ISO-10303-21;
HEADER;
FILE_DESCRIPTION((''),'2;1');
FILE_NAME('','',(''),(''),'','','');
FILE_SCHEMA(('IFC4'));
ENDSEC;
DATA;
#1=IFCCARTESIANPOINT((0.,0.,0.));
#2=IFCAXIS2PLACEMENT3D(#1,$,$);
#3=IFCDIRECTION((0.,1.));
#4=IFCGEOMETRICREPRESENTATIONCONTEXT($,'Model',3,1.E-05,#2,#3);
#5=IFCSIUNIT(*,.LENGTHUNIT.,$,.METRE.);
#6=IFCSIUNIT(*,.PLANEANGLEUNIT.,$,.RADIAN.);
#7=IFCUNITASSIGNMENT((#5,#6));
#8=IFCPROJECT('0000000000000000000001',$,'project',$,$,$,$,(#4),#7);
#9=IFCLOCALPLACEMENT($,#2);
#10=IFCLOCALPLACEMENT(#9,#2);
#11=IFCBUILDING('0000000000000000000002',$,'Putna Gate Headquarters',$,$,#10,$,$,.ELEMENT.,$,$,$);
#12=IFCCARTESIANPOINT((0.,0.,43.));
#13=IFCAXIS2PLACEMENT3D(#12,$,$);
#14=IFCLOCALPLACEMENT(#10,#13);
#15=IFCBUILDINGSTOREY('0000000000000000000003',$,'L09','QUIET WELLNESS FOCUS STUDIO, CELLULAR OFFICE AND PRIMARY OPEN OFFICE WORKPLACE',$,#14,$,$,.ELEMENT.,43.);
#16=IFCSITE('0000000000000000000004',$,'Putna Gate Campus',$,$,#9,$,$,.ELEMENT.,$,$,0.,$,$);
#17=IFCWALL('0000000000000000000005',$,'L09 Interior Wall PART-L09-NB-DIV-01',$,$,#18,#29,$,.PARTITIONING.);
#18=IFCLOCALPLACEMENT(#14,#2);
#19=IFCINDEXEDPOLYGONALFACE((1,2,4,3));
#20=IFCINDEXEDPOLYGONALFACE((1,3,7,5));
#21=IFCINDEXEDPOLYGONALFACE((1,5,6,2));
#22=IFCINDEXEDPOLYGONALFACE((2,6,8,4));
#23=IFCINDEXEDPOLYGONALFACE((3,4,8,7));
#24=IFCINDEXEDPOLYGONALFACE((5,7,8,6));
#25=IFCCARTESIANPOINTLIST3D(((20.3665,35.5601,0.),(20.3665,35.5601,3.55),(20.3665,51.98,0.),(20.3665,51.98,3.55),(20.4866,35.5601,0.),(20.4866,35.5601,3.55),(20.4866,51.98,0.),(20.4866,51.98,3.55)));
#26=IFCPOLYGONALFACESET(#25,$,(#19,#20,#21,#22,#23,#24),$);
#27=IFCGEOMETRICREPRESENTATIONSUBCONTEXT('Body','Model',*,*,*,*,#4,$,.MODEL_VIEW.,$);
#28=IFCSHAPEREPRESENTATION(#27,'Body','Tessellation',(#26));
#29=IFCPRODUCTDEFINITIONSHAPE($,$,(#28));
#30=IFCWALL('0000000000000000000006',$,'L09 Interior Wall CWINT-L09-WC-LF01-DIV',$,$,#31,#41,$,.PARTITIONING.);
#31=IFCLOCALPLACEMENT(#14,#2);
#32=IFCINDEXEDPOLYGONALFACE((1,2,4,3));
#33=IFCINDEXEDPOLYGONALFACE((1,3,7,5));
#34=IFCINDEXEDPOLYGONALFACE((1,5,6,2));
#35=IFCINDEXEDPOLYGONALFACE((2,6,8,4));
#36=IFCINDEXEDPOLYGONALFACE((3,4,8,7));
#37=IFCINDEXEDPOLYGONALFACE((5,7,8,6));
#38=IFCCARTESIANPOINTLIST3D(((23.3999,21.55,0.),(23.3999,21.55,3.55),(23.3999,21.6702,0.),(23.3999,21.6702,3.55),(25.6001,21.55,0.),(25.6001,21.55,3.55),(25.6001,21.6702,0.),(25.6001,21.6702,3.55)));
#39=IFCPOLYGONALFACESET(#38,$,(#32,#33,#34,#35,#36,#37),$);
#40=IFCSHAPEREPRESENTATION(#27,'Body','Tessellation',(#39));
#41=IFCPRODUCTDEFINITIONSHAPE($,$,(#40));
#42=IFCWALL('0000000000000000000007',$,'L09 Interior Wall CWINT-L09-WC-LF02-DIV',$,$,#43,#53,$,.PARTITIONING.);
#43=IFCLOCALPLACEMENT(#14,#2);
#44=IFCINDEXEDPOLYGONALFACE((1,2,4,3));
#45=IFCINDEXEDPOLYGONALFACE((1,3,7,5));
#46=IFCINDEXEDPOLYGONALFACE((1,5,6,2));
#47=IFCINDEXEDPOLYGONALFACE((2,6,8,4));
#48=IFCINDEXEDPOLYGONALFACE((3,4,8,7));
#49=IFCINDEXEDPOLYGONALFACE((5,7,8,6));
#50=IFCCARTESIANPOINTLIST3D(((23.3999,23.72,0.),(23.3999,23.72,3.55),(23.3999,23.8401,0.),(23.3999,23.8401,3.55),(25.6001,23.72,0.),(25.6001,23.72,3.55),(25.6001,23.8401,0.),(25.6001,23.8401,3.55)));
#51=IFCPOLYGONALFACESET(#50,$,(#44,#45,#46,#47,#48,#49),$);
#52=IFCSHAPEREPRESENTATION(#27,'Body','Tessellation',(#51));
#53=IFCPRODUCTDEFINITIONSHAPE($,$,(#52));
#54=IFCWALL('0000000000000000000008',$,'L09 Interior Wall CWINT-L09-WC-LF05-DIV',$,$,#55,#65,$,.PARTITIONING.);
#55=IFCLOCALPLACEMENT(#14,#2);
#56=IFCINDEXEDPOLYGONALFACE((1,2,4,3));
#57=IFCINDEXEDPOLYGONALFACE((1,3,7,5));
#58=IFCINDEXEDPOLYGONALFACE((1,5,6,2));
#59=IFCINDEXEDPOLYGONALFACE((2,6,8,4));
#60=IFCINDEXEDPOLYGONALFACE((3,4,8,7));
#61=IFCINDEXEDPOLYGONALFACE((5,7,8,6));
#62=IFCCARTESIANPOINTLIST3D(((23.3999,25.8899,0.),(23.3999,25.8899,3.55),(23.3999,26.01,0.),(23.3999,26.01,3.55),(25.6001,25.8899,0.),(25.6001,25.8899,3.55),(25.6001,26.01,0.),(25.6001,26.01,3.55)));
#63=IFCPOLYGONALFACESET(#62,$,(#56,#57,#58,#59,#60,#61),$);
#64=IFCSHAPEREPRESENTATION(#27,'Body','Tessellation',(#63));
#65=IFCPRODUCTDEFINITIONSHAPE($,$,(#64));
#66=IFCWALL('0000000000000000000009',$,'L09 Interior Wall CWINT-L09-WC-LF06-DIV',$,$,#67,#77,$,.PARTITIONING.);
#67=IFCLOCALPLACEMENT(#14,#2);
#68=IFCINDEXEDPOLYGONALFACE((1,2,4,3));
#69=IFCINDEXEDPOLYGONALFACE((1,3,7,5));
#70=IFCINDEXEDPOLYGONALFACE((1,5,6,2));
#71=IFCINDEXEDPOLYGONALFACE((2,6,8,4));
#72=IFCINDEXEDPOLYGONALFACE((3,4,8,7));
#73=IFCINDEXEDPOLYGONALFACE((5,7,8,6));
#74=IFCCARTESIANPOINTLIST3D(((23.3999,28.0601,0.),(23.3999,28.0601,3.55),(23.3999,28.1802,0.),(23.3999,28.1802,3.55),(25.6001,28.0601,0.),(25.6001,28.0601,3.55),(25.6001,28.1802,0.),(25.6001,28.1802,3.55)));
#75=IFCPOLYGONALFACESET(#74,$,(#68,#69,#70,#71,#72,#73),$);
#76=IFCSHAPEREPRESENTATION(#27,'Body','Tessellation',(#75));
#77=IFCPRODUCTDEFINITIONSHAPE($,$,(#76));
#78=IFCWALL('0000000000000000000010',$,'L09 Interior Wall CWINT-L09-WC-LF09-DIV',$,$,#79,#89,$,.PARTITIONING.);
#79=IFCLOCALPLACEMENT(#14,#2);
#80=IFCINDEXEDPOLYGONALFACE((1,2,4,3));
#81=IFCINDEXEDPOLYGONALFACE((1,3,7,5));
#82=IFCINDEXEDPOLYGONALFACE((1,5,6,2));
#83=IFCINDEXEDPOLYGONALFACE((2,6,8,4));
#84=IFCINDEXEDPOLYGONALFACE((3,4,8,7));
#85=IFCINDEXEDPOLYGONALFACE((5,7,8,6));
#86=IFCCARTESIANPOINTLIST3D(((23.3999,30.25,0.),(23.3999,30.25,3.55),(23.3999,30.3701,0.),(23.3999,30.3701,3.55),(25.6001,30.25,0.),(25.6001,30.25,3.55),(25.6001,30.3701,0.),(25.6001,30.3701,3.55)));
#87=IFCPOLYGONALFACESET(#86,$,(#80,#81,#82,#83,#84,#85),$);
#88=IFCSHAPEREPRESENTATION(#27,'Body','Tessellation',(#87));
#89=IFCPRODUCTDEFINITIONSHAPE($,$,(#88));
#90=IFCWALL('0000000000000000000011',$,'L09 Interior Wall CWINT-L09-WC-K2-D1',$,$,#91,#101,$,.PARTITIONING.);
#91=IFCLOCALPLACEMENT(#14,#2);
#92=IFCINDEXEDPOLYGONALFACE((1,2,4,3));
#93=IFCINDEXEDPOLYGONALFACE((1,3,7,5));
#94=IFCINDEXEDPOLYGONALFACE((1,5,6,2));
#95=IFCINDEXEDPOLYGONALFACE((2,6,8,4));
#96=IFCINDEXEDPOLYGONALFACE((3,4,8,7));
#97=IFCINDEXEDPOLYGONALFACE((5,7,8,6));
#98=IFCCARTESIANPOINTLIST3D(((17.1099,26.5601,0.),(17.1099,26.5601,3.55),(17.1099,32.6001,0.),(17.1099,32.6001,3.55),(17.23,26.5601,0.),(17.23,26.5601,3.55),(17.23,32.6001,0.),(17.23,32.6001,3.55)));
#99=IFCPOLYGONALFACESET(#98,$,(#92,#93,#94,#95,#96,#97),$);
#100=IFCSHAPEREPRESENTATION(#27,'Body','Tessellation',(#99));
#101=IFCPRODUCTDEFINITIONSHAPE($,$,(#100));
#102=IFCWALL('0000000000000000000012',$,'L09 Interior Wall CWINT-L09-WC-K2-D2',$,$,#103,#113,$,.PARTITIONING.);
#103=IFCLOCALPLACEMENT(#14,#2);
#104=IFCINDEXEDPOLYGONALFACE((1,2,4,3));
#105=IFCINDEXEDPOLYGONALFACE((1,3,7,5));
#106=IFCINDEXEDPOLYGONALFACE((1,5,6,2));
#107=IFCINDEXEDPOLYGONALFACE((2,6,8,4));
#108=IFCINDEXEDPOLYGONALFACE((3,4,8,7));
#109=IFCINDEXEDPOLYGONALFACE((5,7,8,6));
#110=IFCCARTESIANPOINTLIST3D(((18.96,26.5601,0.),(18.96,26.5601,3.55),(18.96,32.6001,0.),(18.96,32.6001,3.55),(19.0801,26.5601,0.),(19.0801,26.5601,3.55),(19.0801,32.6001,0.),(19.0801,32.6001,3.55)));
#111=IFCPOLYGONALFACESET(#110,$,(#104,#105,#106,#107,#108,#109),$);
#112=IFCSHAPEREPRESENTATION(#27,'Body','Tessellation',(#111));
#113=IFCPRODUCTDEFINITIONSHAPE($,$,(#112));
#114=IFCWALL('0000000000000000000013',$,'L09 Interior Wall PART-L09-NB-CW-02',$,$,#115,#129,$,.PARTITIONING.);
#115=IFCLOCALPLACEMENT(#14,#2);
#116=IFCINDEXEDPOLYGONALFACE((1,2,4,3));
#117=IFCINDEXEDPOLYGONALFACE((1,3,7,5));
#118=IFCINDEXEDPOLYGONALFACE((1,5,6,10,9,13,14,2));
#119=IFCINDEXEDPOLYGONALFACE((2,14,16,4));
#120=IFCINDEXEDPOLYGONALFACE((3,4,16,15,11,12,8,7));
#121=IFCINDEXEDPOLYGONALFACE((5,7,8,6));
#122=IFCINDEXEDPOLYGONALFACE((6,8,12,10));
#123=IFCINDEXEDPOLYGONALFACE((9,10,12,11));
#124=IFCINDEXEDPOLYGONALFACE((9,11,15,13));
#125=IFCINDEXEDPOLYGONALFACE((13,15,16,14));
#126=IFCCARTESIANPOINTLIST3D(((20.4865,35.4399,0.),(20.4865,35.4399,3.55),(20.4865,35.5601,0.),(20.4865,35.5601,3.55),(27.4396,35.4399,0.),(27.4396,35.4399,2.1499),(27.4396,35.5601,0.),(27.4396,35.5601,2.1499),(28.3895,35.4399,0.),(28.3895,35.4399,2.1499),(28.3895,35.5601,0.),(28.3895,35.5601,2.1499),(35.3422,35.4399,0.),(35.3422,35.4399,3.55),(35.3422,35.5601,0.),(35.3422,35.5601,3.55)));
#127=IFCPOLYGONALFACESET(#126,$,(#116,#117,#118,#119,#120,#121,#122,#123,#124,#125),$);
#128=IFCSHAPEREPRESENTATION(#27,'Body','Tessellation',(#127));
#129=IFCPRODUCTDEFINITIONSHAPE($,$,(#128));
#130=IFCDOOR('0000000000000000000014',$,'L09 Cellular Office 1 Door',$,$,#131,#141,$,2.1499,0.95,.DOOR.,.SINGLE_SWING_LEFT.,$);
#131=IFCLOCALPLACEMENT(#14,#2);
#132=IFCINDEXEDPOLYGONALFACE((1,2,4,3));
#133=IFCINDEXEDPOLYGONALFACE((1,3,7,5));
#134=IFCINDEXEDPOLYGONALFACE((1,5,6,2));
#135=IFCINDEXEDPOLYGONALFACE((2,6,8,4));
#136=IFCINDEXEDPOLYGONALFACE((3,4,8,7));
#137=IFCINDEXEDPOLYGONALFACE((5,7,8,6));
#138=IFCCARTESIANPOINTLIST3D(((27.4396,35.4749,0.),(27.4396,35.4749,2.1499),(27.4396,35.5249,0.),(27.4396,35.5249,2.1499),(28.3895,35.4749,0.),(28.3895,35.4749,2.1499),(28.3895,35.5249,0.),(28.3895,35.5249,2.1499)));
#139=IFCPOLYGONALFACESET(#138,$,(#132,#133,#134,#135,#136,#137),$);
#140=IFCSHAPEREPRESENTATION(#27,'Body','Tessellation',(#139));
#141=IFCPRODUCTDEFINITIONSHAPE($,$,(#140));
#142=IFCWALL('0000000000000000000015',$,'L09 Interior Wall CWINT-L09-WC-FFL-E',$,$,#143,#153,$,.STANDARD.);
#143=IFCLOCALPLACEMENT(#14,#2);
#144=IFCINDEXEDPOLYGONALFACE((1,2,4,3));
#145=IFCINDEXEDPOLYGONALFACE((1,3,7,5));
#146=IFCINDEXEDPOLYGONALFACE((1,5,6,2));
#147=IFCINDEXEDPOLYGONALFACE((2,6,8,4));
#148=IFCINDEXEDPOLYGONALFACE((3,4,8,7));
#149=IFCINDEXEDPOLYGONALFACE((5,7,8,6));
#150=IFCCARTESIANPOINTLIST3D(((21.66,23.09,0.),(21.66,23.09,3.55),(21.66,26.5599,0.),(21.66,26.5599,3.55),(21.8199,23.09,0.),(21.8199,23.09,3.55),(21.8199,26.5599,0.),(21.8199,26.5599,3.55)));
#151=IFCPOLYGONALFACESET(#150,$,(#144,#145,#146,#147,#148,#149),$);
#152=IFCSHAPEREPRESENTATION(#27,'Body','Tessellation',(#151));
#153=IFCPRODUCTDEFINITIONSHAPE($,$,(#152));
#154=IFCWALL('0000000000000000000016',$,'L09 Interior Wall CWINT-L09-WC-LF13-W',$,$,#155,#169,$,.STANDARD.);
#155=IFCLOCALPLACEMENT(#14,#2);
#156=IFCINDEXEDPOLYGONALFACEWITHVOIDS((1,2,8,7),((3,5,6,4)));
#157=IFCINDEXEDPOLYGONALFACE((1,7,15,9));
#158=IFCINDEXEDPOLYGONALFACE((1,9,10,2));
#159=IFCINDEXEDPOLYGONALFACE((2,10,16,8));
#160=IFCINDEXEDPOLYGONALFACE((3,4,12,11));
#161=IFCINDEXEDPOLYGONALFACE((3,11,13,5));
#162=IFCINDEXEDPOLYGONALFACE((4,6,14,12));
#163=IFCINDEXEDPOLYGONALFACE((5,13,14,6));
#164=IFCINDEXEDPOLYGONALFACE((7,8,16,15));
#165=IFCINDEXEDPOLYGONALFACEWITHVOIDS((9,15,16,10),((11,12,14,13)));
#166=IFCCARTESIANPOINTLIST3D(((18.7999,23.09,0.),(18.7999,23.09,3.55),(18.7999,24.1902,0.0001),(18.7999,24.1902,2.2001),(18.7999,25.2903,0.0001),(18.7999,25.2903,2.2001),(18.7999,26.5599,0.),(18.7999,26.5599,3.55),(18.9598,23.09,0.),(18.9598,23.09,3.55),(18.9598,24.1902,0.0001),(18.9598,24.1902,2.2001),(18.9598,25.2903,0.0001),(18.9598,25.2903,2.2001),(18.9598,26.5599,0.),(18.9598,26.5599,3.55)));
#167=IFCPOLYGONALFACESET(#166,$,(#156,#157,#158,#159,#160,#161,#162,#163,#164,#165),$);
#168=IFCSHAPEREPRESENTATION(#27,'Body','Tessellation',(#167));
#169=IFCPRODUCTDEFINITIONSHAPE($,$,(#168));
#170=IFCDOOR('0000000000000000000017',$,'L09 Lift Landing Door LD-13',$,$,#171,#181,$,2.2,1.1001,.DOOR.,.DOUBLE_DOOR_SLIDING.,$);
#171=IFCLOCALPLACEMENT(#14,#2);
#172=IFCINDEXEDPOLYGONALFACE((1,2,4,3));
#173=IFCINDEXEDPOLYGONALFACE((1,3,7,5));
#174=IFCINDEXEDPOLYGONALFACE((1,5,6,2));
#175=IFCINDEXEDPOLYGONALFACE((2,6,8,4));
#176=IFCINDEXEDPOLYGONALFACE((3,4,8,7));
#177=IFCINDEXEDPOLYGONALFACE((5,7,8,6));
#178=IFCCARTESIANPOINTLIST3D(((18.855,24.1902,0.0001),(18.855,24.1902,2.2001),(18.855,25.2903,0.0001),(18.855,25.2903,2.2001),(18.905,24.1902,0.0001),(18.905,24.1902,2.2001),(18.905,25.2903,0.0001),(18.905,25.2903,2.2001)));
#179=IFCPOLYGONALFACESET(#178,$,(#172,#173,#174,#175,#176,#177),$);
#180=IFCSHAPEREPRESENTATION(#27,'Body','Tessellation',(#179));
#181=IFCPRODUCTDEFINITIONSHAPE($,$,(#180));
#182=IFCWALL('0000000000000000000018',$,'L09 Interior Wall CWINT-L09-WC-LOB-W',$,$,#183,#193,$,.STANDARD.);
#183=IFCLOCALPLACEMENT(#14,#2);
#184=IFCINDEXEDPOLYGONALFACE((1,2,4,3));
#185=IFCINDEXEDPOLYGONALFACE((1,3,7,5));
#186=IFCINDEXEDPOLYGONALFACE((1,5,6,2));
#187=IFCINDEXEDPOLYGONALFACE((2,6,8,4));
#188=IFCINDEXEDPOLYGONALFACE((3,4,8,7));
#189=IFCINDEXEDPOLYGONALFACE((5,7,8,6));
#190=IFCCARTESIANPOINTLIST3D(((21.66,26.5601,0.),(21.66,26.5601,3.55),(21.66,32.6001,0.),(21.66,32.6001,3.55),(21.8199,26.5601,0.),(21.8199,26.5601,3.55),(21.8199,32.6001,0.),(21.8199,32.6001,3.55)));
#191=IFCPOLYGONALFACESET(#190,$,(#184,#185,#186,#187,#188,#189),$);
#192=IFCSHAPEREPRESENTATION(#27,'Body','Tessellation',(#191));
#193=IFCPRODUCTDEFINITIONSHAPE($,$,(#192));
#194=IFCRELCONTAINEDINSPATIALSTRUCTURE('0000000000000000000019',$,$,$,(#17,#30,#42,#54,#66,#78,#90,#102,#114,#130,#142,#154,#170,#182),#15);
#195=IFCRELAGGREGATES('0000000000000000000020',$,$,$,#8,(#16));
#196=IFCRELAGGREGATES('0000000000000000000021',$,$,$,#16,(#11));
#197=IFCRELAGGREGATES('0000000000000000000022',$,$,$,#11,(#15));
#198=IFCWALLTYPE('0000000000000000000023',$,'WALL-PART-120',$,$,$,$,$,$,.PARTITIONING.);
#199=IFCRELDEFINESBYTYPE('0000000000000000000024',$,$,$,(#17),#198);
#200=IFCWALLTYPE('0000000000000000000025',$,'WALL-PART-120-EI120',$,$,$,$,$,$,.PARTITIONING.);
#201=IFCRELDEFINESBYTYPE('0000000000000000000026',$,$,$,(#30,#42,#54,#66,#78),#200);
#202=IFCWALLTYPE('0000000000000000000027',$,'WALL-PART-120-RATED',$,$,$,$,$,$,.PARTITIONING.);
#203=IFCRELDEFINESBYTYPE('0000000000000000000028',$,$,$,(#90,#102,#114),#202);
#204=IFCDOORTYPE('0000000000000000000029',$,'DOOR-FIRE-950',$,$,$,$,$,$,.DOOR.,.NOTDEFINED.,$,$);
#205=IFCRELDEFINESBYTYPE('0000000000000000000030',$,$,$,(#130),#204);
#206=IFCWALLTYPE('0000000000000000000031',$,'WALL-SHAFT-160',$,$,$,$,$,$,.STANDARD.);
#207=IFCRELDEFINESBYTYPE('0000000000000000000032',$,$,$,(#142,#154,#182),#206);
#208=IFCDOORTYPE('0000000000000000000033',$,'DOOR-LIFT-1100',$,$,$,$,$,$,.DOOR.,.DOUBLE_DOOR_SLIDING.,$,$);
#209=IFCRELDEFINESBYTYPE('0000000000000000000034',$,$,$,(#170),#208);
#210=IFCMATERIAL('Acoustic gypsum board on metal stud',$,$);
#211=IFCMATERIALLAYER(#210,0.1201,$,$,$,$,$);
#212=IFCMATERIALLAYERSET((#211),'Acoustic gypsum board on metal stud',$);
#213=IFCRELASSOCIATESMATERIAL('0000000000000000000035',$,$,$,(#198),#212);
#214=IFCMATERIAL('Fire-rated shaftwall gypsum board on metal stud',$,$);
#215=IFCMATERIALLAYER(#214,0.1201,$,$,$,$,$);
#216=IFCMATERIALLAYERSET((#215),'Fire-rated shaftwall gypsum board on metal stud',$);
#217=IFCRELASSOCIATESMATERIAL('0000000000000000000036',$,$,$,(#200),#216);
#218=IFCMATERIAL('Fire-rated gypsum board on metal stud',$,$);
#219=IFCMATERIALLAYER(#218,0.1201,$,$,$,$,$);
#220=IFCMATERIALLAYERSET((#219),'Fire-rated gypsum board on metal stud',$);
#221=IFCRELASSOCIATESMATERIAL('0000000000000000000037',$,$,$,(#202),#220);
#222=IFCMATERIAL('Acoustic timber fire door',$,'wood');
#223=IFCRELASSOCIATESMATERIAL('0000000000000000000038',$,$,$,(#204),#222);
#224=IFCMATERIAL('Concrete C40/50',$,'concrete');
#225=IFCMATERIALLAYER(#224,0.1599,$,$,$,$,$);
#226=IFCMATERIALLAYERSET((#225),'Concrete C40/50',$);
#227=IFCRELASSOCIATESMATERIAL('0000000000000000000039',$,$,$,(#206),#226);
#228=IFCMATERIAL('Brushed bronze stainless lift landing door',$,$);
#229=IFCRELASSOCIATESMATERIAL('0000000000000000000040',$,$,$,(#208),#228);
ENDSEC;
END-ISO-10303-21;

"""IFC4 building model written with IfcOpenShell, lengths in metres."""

from ifc_helpers import new_model, si_unit, direction, frame, frame_2d, origin, place, context, subcontext, project, spatial, rectangle, extrude, material, layer, layer_set, type_object, element, fill, save


model = new_model("IFC4")

# Units and contexts
model_context = context("Model", 3, precision=1e-05, world=origin(), true_north=direction((0.0, 1.0)))
body_context = subcontext(model_context, "Body", "Model", "MODEL_VIEW")
ifc_project = project(units=[si_unit("LENGTHUNIT", "METRE"), si_unit("PLANEANGLEUNIT", "RADIAN")], contexts=[model_context])

# Site, building, storey
site_placement = place(None, origin())
site = spatial("IfcSite", under=ifc_project, at=site_placement, Name="Putna Gate Campus", CompositionType="ELEMENT", RefElevation=0.0)
building_placement = place(site_placement, origin())
building = spatial("IfcBuilding", under=site, at=building_placement, Name="Putna Gate Headquarters", CompositionType="ELEMENT")
storey_placement = place(building_placement, frame((0.0, 0.0, 43.0)))
storey = spatial("IfcBuildingStorey", under=building, at=storey_placement, Name="L09", Description="QUIET WELLNESS FOCUS STUDIO, CELLULAR OFFICE AND PRIMARY OPEN OFFICE WORKPLACE", CompositionType="ELEMENT", Elevation=43.0)

# Walls
ifc_material_1 = material(Name="Acoustic gypsum board on metal stud")
ifc_layer_1 = layer(ifc_material_1, 0.1201)
ifc_layer_set_1 = layer_set([ifc_layer_1], Name="Acoustic gypsum board on metal stud")
wall_type_1 = type_object("IfcWallType", Name="WALL-PART-120", PredefinedType="PARTITIONING", material=ifc_layer_set_1)
wall_1_placement = place(storey_placement, frame((20.4265, 35.5601, 0.0), z_axis=(0.0, 0.0, 1.0), x_axis=(0.0, 1.0, 0.0)))
element("IfcWall", 1, at=wall_1_placement, inside=storey, type_object=wall_type_1, Name="L09 Interior Wall PART-L09-NB-DIV-01", PredefinedType="PARTITIONING", context=body_context, shape_type="SweptSolid", body=[
    extrude(rectangle(XDim=16.4199, YDim=0.1201, at=frame_2d((8.21, 0.0))), origin(), (0.0, 0.0, 1.0), 3.55),
])
ifc_material_2 = material(Name="Fire-rated shaftwall gypsum board on metal stud")
ifc_layer_2 = layer(ifc_material_2, 0.1201)
ifc_layer_set_2 = layer_set([ifc_layer_2], Name="Fire-rated shaftwall gypsum board on metal stud")
wall_type_2 = type_object("IfcWallType", Name="WALL-PART-120-EI120", PredefinedType="PARTITIONING", material=ifc_layer_set_2)
for number, where, z_axis, x_axis, name in (
    (2, (23.3999, 21.6101, 0.0), (0.0, 0.0, 1.0), (1.0, 0.0, 0.0), "L09 Interior Wall CWINT-L09-WC-LF01-DIV"),
    (3, (23.3999, 23.78, 0.0), (0.0, 0.0, 1.0), (1.0, 0.0, 0.0), "L09 Interior Wall CWINT-L09-WC-LF02-DIV"),
    (4, (23.3999, 25.95, 0.0), (0.0, 0.0, 1.0), (1.0, 0.0, 0.0), "L09 Interior Wall CWINT-L09-WC-LF05-DIV"),
    (5, (23.3999, 28.1201, 0.0), (0.0, 0.0, 1.0), (1.0, 0.0, 0.0), "L09 Interior Wall CWINT-L09-WC-LF06-DIV"),
    (6, (23.3999, 30.3101, 0.0), (0.0, 0.0, 1.0), (1.0, 0.0, 0.0), "L09 Interior Wall CWINT-L09-WC-LF09-DIV"),
):
    element("IfcWall", number, at=place(storey_placement, frame(where, z_axis=z_axis, x_axis=x_axis)), inside=storey, type_object=wall_type_2, Name=name, PredefinedType="PARTITIONING", context=body_context, shape_type="SweptSolid", body=[
        extrude(rectangle(XDim=2.2002, YDim=0.1201, at=frame_2d((1.1001, 0.0))), origin(), (0.0, 0.0, 1.0), 3.55),
    ])
ifc_material_3 = material(Name="Fire-rated gypsum board on metal stud")
ifc_layer_3 = layer(ifc_material_3, 0.1201)
ifc_layer_set_3 = layer_set([ifc_layer_3], Name="Fire-rated gypsum board on metal stud")
wall_type_3 = type_object("IfcWallType", Name="WALL-PART-120-RATED", PredefinedType="PARTITIONING", material=ifc_layer_set_3)
for number, where, z_axis, x_axis, name in (
    (7, (17.1699, 26.5601, 0.0), (0.0, 0.0, 1.0), (0.0, 1.0, 0.0), "L09 Interior Wall CWINT-L09-WC-K2-D1"),
    (8, (19.02, 26.5601, 0.0), (0.0, 0.0, 1.0), (0.0, 1.0, 0.0), "L09 Interior Wall CWINT-L09-WC-K2-D2"),
):
    element("IfcWall", number, at=place(storey_placement, frame(where, z_axis=z_axis, x_axis=x_axis)), inside=storey, type_object=wall_type_3, Name=name, PredefinedType="PARTITIONING", context=body_context, shape_type="SweptSolid", body=[
        extrude(rectangle(XDim=6.04, YDim=0.1201, at=frame_2d((3.02, 0.0))), origin(), (0.0, 0.0, 1.0), 3.55),
    ])

# Wall, opening, door
wall_2_placement = place(storey_placement, frame((20.4866, 35.5, 0.0), z_axis=(0.0, 0.0, 1.0), x_axis=(1.0, 0.0, 0.0)))
wall_2 = element("IfcWall", 9, at=wall_2_placement, inside=storey, type_object=wall_type_3, Name="L09 Interior Wall PART-L09-NB-CW-02", PredefinedType="PARTITIONING", context=body_context, shape_type="SweptSolid", body=[
    extrude(rectangle(XDim=14.8557, YDim=0.1201, at=frame_2d((7.4277, 0.0))), origin(), (0.0, 0.0, 1.0), 3.55),
])
opening_1_placement = place(wall_2_placement, frame((6.9529, 0.0, 0.0)))
opening_1 = element("IfcOpeningElement", 10, at=opening_1_placement, cuts=wall_2, PredefinedType="OPENING", context=body_context, shape_type="SweptSolid", body=[
    extrude(rectangle(XDim=0.95, YDim=2.1499, at=frame_2d((0.4751, 1.075))), frame((0.0, 0.0701, 0.0), z_axis=(0.0, -1.0, 0.0), x_axis=(1.0, 0.0, 0.0)), (0.0, 0.0, 1.0), 0.1401),
])
ifc_material_4 = material(Name="Acoustic timber fire door", Category="wood")
door_type_1 = type_object("IfcDoorType", Name="DOOR-FIRE-950", OperationType="NOTDEFINED", PredefinedType="DOOR", material=ifc_material_4)
door_1_placement = place(opening_1_placement, origin())
door_1 = element("IfcDoor", 11, at=door_1_placement, inside=storey, type_object=door_type_1, Name="L09 Cellular Office 1 Door", OperationType="SINGLE_SWING_LEFT", OverallHeight=2.1499, OverallWidth=0.95, PredefinedType="DOOR", context=body_context, shape_type="SweptSolid", body=[
    extrude(rectangle(XDim=0.95, YDim=2.1499, at=frame_2d((0.4751, 1.075))), frame((0.0, 0.0249, 0.0), z_axis=(0.0, -1.0, 0.0), x_axis=(1.0, 0.0, 0.0)), (0.0, 0.0, 1.0), 0.05),
])
fill(opening_1, door_1)

# Wall
ifc_material_5 = material(Name="Concrete C40/50", Category="concrete")
ifc_layer_4 = layer(ifc_material_5, 0.1599)
ifc_layer_set_4 = layer_set([ifc_layer_4], Name="Concrete C40/50")
wall_type_4 = type_object("IfcWallType", Name="WALL-SHAFT-160", PredefinedType="STANDARD", material=ifc_layer_set_4)
wall_3_placement = place(storey_placement, frame((21.74, 23.0901, 0.0), z_axis=(0.0, 0.0, 1.0), x_axis=(0.0, 1.0, 0.0)))
element("IfcWall", 12, at=wall_3_placement, inside=storey, type_object=wall_type_4, Name="L09 Interior Wall CWINT-L09-WC-FFL-E", PredefinedType="STANDARD", context=body_context, shape_type="SweptSolid", body=[
    extrude(rectangle(XDim=3.47, YDim=0.1599, at=frame_2d((1.7349, 0.0))), origin(), (0.0, 0.0, 1.0), 3.55),
])

# Wall, opening, door
wall_4_placement = place(storey_placement, frame((18.8799, 23.0901, 0.0), z_axis=(0.0, 0.0, 1.0), x_axis=(0.0, 1.0, 0.0)))
wall_4 = element("IfcWall", 13, at=wall_4_placement, inside=storey, type_object=wall_type_4, Name="L09 Interior Wall CWINT-L09-WC-LF13-W", PredefinedType="STANDARD", context=body_context, shape_type="SweptSolid", body=[
    extrude(rectangle(XDim=3.47, YDim=0.1599, at=frame_2d((1.7349, 0.0))), origin(), (0.0, 0.0, 1.0), 3.55),
])
opening_2_placement = place(wall_4_placement, frame((1.1001, 0.0, 0.0)))
opening_2 = element("IfcOpeningElement", 14, at=opening_2_placement, cuts=wall_4, PredefinedType="OPENING", context=body_context, shape_type="SweptSolid", body=[
    extrude(rectangle(XDim=1.1001, YDim=2.2, at=frame_2d((0.55, 1.1001))), frame((0.0, 0.0898, 0.0), z_axis=(0.0, -1.0, 0.0), x_axis=(1.0, 0.0, 0.0)), (0.0, 0.0, 1.0), 0.1799),
])
ifc_material_6 = material(Name="Brushed bronze stainless lift landing door")
door_type_2 = type_object("IfcDoorType", Name="DOOR-LIFT-1100", OperationType="DOUBLE_DOOR_SLIDING", PredefinedType="DOOR", material=ifc_material_6)
door_2_placement = place(opening_2_placement, origin())
door_2 = element("IfcDoor", 15, at=door_2_placement, inside=storey, type_object=door_type_2, Name="L09 Lift Landing Door LD-13", OperationType="DOUBLE_DOOR_SLIDING", OverallHeight=2.2, OverallWidth=1.1001, PredefinedType="DOOR", context=body_context, shape_type="SweptSolid", body=[
    extrude(rectangle(XDim=1.1001, YDim=2.2, at=frame_2d((0.55, 1.1001))), frame((0.0, 0.0249, 0.0), z_axis=(0.0, -1.0, 0.0), x_axis=(1.0, 0.0, 0.0)), (0.0, 0.0, 1.0), 0.05),
])
fill(opening_2, door_2)

# Wall
wall_5_placement = place(storey_placement, frame((21.74, 26.5601, 0.0), z_axis=(0.0, 0.0, 1.0), x_axis=(0.0, 1.0, 0.0)))
element("IfcWall", 16, at=wall_5_placement, inside=storey, type_object=wall_type_4, Name="L09 Interior Wall CWINT-L09-WC-LOB-W", PredefinedType="STANDARD", context=body_context, shape_type="SweptSolid", body=[
    extrude(rectangle(XDim=6.04, YDim=0.1599, at=frame_2d((3.02, 0.0))), origin(), (0.0, 0.0, 1.0), 3.55),
])

save(model, "model.ifc")
